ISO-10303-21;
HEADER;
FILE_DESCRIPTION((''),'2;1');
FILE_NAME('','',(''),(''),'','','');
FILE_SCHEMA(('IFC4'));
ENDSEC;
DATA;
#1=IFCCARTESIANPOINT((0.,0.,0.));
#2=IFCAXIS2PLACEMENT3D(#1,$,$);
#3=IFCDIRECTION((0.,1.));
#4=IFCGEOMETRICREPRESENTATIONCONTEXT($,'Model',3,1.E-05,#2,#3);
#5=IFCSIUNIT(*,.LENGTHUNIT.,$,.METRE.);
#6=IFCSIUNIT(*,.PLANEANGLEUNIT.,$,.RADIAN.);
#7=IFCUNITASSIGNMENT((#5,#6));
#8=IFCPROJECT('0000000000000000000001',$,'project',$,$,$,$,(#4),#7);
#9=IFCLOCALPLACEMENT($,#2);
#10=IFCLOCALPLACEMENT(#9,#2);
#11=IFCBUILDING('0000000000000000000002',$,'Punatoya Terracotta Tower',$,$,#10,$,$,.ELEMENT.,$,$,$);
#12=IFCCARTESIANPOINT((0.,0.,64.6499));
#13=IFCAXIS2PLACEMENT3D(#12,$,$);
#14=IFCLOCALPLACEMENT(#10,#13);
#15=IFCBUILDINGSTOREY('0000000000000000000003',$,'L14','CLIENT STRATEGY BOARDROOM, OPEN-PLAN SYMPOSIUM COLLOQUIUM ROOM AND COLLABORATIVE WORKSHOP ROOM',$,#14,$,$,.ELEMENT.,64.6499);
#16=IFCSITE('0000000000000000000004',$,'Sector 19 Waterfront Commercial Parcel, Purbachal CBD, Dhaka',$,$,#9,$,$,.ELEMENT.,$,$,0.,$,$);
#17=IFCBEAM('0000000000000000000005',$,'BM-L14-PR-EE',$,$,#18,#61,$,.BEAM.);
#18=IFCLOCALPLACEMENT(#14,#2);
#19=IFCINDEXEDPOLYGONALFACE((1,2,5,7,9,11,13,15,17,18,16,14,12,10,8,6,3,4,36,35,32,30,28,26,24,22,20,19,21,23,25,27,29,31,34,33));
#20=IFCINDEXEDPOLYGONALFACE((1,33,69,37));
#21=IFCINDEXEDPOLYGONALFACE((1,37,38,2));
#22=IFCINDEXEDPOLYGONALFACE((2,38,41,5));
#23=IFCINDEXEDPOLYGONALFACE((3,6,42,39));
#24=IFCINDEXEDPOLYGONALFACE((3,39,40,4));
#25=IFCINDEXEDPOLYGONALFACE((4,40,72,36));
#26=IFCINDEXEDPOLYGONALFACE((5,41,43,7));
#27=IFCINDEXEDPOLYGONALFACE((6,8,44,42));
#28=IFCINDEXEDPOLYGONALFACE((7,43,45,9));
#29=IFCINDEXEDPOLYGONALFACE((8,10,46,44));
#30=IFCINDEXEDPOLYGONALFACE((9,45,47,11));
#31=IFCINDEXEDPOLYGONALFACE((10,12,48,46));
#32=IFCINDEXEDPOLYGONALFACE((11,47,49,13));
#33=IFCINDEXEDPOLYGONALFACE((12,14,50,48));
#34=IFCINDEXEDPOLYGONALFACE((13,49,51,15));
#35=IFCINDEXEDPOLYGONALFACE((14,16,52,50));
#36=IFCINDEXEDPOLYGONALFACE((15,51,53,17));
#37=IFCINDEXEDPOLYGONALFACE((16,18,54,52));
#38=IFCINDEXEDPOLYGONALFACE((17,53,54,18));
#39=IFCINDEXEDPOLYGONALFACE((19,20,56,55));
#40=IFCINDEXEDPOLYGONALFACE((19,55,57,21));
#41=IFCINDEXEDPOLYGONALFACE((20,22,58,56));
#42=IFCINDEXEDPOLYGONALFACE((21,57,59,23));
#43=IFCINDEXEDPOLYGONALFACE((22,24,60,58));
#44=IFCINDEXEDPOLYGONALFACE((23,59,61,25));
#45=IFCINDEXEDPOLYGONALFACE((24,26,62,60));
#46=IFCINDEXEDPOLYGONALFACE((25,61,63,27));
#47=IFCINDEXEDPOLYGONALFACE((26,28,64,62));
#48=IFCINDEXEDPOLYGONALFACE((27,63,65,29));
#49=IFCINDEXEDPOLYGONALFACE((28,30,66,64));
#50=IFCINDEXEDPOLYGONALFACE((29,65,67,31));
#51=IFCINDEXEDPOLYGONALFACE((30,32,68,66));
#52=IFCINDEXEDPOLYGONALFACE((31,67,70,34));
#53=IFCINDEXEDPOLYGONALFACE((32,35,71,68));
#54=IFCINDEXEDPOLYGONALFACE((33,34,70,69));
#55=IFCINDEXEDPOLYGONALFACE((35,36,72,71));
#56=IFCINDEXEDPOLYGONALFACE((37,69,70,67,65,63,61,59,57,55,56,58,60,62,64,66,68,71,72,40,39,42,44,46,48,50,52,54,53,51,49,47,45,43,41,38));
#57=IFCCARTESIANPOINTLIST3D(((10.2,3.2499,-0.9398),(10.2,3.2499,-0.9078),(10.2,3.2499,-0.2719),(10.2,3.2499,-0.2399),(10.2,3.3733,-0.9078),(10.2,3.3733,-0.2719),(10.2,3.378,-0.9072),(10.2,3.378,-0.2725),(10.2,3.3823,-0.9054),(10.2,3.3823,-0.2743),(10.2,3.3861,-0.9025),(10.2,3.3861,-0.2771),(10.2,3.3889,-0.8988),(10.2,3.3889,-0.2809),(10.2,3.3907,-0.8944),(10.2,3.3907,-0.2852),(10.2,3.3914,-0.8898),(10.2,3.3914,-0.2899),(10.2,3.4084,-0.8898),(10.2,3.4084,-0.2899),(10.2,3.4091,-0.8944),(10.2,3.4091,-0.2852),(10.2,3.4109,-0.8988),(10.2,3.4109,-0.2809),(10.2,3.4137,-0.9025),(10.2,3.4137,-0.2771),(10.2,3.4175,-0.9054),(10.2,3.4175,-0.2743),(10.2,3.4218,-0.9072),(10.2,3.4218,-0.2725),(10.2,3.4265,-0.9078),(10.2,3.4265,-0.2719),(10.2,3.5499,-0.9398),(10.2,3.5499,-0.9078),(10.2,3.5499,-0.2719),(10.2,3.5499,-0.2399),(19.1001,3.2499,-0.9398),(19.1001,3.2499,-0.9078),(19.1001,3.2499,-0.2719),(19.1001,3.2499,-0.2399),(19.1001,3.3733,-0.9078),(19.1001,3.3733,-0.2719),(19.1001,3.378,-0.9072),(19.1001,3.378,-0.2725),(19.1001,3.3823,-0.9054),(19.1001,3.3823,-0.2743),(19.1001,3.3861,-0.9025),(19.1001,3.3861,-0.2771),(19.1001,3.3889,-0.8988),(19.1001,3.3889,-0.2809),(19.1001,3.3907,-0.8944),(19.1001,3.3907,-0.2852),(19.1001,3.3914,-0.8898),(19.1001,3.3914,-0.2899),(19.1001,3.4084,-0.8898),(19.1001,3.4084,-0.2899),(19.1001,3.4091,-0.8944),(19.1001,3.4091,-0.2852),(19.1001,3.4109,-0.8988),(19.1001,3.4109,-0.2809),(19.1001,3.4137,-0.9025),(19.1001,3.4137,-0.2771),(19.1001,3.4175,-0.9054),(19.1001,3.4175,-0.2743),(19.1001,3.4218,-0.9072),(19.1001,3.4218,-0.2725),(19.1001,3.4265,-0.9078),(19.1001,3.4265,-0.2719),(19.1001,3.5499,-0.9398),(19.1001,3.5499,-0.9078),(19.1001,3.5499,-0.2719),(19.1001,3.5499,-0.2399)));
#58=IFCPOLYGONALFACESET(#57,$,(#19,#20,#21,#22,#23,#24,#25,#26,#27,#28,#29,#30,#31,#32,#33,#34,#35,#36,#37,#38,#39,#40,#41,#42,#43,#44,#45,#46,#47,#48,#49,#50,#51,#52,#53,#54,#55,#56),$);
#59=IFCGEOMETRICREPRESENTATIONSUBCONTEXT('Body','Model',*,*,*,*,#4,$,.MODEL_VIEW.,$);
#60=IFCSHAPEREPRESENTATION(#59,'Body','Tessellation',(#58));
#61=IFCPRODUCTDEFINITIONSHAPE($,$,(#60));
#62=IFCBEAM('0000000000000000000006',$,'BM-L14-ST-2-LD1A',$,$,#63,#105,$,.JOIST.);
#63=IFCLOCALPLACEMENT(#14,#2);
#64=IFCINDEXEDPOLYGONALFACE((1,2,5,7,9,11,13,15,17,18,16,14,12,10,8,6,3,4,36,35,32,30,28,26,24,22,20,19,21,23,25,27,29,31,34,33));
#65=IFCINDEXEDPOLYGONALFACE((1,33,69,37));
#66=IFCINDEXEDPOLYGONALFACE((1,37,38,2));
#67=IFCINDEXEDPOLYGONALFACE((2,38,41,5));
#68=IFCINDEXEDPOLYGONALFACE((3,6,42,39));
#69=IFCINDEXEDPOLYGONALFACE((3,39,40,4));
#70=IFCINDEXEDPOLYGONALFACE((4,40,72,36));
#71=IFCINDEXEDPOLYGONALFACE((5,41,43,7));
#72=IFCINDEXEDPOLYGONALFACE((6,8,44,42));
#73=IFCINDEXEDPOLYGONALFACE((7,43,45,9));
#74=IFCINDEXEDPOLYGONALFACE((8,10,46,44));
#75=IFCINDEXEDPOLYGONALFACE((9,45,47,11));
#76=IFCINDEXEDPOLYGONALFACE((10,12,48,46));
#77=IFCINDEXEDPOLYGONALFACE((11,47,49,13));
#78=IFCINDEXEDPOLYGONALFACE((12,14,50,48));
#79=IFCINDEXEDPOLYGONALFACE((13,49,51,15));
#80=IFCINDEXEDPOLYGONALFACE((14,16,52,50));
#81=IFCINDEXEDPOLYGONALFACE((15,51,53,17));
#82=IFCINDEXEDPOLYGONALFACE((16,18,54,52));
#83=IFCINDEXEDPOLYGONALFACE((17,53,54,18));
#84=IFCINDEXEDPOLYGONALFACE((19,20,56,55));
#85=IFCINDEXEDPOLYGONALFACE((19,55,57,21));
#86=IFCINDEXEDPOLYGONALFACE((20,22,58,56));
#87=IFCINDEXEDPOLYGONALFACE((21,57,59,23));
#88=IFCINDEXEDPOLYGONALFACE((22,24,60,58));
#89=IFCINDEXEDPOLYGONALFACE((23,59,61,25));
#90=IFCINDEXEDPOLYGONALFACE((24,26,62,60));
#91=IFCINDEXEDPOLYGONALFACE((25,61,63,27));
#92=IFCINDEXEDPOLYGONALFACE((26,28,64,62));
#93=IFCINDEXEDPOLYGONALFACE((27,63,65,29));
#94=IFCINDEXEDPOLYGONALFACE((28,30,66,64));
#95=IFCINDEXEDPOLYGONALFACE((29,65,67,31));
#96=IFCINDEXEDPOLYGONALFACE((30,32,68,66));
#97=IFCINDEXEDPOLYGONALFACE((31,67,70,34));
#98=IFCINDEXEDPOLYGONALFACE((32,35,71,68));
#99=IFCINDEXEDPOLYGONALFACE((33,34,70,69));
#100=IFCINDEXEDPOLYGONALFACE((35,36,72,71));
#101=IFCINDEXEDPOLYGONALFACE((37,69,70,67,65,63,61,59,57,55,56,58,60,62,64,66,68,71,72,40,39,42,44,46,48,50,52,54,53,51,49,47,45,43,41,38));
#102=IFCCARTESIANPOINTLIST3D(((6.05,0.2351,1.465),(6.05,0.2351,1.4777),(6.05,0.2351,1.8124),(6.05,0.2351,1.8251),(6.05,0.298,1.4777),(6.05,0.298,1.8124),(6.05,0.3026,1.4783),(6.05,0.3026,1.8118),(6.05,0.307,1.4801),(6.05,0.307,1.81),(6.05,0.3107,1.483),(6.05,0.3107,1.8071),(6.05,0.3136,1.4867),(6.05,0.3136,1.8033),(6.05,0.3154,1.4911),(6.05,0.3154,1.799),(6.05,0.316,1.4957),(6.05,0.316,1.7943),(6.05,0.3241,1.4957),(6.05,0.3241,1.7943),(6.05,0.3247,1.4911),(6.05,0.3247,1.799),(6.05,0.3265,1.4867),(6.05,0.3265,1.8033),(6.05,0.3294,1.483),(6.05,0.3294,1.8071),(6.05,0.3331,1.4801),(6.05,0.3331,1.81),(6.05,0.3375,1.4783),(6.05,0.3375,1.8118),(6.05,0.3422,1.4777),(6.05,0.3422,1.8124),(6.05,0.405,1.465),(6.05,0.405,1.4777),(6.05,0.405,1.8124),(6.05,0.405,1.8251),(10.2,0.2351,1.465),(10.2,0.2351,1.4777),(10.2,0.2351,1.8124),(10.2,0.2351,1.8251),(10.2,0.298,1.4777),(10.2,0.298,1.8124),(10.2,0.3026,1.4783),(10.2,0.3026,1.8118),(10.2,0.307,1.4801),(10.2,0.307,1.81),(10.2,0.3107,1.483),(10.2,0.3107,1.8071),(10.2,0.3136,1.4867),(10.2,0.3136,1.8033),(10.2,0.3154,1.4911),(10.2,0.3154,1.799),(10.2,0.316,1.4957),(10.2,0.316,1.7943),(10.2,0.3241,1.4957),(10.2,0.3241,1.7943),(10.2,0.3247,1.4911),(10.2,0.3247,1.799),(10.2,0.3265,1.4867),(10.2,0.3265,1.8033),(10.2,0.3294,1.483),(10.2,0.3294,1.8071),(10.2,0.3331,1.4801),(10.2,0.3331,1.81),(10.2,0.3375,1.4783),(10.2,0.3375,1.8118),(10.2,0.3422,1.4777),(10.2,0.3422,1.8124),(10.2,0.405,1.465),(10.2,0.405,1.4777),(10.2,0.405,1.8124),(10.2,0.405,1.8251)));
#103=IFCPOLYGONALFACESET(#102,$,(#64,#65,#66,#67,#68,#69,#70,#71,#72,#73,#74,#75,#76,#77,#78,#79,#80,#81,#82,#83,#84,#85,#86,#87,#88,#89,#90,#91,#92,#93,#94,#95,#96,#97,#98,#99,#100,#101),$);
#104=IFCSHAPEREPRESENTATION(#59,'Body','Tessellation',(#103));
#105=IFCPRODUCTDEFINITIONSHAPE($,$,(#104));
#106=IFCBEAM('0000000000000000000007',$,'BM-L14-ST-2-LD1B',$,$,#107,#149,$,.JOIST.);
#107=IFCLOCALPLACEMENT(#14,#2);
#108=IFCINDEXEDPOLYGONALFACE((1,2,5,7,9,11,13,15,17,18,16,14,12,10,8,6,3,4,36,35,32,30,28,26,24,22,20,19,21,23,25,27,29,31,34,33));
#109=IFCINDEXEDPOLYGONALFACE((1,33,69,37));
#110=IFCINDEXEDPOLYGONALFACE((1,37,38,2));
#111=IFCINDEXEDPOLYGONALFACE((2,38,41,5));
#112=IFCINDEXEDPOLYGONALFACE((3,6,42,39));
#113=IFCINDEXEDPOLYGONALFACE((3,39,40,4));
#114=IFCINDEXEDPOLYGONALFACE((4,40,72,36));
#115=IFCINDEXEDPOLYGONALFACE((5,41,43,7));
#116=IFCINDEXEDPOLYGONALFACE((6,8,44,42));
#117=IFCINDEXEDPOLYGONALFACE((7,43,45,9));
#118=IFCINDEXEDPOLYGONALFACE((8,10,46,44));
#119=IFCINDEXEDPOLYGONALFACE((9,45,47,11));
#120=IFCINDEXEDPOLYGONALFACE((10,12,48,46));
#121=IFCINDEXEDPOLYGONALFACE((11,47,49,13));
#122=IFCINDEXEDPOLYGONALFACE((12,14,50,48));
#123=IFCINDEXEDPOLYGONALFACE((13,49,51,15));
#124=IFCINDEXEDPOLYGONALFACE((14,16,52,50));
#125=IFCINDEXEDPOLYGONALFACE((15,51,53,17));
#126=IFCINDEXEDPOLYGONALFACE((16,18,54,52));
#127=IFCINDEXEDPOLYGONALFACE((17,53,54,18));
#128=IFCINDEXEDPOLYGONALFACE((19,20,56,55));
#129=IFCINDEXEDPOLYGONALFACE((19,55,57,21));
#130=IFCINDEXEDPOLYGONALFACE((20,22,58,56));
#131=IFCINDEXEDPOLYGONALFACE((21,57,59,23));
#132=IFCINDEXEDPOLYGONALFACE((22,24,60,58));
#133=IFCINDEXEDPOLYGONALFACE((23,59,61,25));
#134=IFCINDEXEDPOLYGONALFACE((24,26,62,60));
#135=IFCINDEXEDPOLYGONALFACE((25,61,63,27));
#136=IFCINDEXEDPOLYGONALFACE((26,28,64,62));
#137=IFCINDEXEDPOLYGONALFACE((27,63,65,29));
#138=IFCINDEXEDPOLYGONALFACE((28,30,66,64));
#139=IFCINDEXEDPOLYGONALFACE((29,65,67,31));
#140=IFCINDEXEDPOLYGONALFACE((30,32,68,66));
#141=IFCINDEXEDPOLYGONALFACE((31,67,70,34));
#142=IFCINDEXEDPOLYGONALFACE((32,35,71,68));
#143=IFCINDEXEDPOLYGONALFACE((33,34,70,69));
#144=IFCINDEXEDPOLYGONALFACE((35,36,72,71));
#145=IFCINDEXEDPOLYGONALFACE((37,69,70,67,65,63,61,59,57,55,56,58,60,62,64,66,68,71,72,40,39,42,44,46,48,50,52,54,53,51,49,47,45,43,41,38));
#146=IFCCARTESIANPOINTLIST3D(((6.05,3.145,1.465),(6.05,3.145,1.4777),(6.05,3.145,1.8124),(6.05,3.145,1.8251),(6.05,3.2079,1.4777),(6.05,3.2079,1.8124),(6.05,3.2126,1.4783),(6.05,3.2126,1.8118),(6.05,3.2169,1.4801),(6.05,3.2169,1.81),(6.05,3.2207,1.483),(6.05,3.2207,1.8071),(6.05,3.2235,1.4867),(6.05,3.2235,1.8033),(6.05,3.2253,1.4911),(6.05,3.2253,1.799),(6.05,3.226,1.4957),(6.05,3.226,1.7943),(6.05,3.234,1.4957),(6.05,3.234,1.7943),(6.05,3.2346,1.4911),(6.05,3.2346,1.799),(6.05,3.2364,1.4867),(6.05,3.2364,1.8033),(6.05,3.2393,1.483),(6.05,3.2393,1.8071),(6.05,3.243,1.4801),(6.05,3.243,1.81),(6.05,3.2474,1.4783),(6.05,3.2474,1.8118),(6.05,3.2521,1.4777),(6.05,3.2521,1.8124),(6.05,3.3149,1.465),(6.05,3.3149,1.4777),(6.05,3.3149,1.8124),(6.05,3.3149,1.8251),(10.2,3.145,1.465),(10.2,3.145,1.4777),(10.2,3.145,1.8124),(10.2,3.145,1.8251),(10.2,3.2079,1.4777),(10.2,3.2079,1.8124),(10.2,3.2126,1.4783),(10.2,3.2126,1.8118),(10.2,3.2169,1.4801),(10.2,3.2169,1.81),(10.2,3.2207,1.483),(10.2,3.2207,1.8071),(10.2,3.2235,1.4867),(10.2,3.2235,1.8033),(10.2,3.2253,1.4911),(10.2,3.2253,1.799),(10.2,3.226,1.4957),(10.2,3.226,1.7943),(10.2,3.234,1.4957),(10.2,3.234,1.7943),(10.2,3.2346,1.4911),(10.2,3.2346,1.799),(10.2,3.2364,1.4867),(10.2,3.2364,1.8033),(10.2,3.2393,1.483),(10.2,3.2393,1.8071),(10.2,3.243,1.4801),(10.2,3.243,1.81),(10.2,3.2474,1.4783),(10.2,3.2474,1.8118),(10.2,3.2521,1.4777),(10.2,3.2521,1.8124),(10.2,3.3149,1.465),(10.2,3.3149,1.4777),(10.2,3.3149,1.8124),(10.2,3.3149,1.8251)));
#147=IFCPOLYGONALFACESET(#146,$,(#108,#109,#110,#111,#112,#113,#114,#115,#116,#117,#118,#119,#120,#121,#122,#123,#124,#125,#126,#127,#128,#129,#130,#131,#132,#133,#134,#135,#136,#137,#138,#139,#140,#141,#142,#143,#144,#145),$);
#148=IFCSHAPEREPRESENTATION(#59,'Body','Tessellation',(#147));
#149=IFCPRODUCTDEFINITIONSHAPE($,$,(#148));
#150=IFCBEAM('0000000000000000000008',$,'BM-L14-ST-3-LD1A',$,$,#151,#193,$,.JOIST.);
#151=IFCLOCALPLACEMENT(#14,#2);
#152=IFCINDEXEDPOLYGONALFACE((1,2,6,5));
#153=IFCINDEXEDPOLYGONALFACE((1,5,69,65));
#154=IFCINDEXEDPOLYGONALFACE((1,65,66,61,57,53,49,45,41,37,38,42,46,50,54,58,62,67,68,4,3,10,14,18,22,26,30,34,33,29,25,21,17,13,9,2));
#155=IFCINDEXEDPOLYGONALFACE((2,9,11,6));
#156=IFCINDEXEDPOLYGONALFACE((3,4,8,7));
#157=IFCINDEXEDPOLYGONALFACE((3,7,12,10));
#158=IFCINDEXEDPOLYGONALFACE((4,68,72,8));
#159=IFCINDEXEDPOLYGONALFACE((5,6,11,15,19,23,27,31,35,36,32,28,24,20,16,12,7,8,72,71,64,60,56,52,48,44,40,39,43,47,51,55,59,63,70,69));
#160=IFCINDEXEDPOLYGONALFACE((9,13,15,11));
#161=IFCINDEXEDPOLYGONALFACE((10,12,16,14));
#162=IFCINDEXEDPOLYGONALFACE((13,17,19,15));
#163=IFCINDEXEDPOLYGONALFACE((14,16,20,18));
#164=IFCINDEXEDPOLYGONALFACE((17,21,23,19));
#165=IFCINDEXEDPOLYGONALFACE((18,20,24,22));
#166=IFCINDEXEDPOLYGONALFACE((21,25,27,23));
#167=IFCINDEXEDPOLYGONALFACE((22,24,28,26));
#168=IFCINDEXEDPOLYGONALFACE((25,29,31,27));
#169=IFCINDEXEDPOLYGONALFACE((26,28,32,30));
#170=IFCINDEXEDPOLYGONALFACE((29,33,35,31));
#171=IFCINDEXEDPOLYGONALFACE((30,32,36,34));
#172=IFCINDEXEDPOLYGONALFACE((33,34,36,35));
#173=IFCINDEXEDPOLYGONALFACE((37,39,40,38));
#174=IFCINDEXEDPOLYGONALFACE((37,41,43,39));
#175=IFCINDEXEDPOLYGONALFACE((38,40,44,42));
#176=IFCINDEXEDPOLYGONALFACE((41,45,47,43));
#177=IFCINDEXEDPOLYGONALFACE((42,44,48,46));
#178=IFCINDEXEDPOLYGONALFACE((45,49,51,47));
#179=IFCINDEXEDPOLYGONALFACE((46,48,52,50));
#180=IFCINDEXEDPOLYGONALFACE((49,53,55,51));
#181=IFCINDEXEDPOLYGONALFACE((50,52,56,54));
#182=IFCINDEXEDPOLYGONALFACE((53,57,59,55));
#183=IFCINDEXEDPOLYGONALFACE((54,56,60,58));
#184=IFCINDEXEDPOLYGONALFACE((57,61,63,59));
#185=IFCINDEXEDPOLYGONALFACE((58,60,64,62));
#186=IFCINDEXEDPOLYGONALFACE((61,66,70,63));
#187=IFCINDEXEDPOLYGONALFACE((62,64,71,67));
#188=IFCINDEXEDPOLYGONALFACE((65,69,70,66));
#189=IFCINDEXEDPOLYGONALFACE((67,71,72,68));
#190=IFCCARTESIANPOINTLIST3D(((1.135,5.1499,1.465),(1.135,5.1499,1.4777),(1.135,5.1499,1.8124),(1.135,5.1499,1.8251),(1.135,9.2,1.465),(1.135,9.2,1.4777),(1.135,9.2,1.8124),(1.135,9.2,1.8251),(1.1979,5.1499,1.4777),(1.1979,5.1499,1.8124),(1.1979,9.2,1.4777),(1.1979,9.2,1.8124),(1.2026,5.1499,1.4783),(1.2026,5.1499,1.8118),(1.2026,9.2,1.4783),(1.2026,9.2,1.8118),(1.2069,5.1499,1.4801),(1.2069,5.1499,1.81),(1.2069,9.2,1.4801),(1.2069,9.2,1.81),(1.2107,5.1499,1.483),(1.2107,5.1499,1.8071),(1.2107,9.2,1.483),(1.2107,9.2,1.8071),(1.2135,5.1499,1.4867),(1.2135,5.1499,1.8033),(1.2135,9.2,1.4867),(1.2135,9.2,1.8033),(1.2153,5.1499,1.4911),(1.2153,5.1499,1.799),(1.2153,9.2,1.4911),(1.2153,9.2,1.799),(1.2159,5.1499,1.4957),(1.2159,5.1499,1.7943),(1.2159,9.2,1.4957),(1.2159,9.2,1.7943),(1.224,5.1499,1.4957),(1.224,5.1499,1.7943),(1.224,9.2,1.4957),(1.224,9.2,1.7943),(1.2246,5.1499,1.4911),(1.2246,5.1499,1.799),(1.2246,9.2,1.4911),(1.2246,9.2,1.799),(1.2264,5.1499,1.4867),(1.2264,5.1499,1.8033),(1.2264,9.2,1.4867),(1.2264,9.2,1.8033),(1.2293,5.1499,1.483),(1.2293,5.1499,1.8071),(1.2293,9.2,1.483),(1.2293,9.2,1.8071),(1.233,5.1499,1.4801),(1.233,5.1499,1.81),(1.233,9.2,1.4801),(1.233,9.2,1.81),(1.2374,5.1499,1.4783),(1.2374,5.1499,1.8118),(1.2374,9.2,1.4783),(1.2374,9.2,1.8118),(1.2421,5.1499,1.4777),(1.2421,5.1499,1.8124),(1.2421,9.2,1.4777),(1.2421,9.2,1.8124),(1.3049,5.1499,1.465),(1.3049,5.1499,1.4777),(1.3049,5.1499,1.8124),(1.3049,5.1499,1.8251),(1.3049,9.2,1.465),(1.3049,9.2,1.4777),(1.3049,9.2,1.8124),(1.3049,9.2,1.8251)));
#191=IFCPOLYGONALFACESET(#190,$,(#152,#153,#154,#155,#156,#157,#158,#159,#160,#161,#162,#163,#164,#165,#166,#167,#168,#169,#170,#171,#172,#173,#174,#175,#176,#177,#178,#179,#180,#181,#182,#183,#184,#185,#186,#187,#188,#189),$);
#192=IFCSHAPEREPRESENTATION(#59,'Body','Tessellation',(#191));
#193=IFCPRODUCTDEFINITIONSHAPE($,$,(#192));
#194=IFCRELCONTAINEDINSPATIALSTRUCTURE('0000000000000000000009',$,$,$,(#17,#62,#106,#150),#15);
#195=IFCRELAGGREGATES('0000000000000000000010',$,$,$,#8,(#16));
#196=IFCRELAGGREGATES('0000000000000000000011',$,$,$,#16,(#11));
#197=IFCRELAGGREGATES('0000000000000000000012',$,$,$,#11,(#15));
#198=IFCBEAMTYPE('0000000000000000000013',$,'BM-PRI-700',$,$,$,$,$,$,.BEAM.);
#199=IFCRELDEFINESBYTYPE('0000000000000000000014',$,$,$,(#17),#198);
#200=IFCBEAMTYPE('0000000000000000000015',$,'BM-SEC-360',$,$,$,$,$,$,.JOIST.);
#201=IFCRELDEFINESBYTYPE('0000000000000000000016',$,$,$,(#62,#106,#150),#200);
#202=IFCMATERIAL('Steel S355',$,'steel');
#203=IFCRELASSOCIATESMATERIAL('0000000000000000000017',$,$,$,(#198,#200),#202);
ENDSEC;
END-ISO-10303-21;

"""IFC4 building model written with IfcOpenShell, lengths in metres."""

from ifc_helpers import new_model, si_unit, direction, frame, origin, origin_2d, place, context, subcontext, project, spatial, i_section, extrude, material, material_profile, profile_set, type_object, element, save


model = new_model("IFC4")

# Units and contexts
model_context = context("Model", 3, precision=1e-05, world=origin(), true_north=direction((0.0, 1.0)))
body_context = subcontext(model_context, "Body", "Model", "MODEL_VIEW")
ifc_project = project(units=[si_unit("LENGTHUNIT", "METRE"), si_unit("PLANEANGLEUNIT", "RADIAN")], contexts=[model_context])

# Site, building, storey
site_placement = place(None, origin())
site = spatial("IfcSite", under=ifc_project, at=site_placement, Name="Sector 19 Waterfront Commercial Parcel, Purbachal CBD, Dhaka", CompositionType="ELEMENT", RefElevation=0.0)
building_placement = place(site_placement, origin())
building = spatial("IfcBuilding", under=site, at=building_placement, Name="Punatoya Terracotta Tower", CompositionType="ELEMENT")
storey_placement = place(building_placement, frame((0.0, 0.0, 64.6499)))
storey = spatial("IfcBuildingStorey", under=building, at=storey_placement, Name="L14", Description="CLIENT STRATEGY BOARDROOM, OPEN-PLAN SYMPOSIUM COLLOQUIUM ROOM AND COLLABORATIVE WORKSHOP ROOM", CompositionType="ELEMENT", Elevation=64.6499)

# Beams
ifc_material_1 = material(Name="Steel S355", Category="steel")
ifc_material_profile_1 = material_profile(ifc_material_1, i_section(OverallWidth=0.3, OverallDepth=0.7, WebThickness=0.0171, FlangeThickness=0.032, FilletRadius=0.0181, at=origin_2d()))
ifc_profile_set_1 = profile_set([ifc_material_profile_1], Name="Steel S355")
beam_type_1 = type_object("IfcBeamType", Name="BM-PRI-700", PredefinedType="BEAM", material=ifc_profile_set_1)
beam_placement = place(storey_placement, frame((10.2, 3.3999, -0.5898), z_axis=(1.0, 0.0, 0.0), x_axis=(0.0, 1.0, 0.0)))
element("IfcBeam", 1, at=beam_placement, inside=storey, type_object=beam_type_1, Name="BM-L14-PR-EE", PredefinedType="BEAM", context=body_context, shape_type="SweptSolid", body=[
    extrude(i_section(OverallWidth=0.3, OverallDepth=0.7, WebThickness=0.0171, FlangeThickness=0.032, FilletRadius=0.0181, at=origin_2d()), origin(), (0.0, 0.0, 1.0), 8.9001),
])
ifc_material_profile_2 = material_profile(ifc_material_1, i_section(OverallWidth=0.1699, OverallDepth=0.3601, WebThickness=0.0081, FlangeThickness=0.0127, FilletRadius=0.0181, at=origin_2d()))
ifc_profile_set_2 = profile_set([ifc_material_profile_2], Name="Steel S355")
beam_type_2 = type_object("IfcBeamType", Name="BM-SEC-360", PredefinedType="JOIST", material=ifc_profile_set_2)
for number, where, z_axis, x_axis, name in (
    (2, (6.05, 0.3201, 1.645), (1.0, 0.0, 0.0), (0.0, 1.0, 0.0), "BM-L14-ST-2-LD1A"),
    (3, (6.05, 3.23, 1.645), (1.0, 0.0, 0.0), (0.0, 1.0, 0.0), "BM-L14-ST-2-LD1B"),
):
    element("IfcBeam", number, at=place(storey_placement, frame(where, z_axis=z_axis, x_axis=x_axis)), inside=storey, type_object=beam_type_2, Name=name, PredefinedType="JOIST", context=body_context, shape_type="SweptSolid", body=[
        extrude(i_section(OverallWidth=0.1699, OverallDepth=0.3601, WebThickness=0.0081, FlangeThickness=0.0127, FilletRadius=0.0181, at=origin_2d()), origin(), (0.0, 0.0, 1.0), 4.1499),
    ])
for number, where, z_axis, x_axis, name in (
    (4, (1.22, 5.1499, 1.645), (0.0, 1.0, 0.0), (-1.0, 0.0, 0.0), "BM-L14-ST-3-LD1A"),
):
    element("IfcBeam", number, at=place(storey_placement, frame(where, z_axis=z_axis, x_axis=x_axis)), inside=storey, type_object=beam_type_2, Name=name, PredefinedType="JOIST", context=body_context, shape_type="SweptSolid", body=[
        extrude(i_section(OverallWidth=0.1699, OverallDepth=0.3601, WebThickness=0.0081, FlangeThickness=0.0127, FilletRadius=0.0181, at=origin_2d()), origin(), (0.0, 0.0, 1.0), 4.05),
    ])

save(model, "model.ifc")
